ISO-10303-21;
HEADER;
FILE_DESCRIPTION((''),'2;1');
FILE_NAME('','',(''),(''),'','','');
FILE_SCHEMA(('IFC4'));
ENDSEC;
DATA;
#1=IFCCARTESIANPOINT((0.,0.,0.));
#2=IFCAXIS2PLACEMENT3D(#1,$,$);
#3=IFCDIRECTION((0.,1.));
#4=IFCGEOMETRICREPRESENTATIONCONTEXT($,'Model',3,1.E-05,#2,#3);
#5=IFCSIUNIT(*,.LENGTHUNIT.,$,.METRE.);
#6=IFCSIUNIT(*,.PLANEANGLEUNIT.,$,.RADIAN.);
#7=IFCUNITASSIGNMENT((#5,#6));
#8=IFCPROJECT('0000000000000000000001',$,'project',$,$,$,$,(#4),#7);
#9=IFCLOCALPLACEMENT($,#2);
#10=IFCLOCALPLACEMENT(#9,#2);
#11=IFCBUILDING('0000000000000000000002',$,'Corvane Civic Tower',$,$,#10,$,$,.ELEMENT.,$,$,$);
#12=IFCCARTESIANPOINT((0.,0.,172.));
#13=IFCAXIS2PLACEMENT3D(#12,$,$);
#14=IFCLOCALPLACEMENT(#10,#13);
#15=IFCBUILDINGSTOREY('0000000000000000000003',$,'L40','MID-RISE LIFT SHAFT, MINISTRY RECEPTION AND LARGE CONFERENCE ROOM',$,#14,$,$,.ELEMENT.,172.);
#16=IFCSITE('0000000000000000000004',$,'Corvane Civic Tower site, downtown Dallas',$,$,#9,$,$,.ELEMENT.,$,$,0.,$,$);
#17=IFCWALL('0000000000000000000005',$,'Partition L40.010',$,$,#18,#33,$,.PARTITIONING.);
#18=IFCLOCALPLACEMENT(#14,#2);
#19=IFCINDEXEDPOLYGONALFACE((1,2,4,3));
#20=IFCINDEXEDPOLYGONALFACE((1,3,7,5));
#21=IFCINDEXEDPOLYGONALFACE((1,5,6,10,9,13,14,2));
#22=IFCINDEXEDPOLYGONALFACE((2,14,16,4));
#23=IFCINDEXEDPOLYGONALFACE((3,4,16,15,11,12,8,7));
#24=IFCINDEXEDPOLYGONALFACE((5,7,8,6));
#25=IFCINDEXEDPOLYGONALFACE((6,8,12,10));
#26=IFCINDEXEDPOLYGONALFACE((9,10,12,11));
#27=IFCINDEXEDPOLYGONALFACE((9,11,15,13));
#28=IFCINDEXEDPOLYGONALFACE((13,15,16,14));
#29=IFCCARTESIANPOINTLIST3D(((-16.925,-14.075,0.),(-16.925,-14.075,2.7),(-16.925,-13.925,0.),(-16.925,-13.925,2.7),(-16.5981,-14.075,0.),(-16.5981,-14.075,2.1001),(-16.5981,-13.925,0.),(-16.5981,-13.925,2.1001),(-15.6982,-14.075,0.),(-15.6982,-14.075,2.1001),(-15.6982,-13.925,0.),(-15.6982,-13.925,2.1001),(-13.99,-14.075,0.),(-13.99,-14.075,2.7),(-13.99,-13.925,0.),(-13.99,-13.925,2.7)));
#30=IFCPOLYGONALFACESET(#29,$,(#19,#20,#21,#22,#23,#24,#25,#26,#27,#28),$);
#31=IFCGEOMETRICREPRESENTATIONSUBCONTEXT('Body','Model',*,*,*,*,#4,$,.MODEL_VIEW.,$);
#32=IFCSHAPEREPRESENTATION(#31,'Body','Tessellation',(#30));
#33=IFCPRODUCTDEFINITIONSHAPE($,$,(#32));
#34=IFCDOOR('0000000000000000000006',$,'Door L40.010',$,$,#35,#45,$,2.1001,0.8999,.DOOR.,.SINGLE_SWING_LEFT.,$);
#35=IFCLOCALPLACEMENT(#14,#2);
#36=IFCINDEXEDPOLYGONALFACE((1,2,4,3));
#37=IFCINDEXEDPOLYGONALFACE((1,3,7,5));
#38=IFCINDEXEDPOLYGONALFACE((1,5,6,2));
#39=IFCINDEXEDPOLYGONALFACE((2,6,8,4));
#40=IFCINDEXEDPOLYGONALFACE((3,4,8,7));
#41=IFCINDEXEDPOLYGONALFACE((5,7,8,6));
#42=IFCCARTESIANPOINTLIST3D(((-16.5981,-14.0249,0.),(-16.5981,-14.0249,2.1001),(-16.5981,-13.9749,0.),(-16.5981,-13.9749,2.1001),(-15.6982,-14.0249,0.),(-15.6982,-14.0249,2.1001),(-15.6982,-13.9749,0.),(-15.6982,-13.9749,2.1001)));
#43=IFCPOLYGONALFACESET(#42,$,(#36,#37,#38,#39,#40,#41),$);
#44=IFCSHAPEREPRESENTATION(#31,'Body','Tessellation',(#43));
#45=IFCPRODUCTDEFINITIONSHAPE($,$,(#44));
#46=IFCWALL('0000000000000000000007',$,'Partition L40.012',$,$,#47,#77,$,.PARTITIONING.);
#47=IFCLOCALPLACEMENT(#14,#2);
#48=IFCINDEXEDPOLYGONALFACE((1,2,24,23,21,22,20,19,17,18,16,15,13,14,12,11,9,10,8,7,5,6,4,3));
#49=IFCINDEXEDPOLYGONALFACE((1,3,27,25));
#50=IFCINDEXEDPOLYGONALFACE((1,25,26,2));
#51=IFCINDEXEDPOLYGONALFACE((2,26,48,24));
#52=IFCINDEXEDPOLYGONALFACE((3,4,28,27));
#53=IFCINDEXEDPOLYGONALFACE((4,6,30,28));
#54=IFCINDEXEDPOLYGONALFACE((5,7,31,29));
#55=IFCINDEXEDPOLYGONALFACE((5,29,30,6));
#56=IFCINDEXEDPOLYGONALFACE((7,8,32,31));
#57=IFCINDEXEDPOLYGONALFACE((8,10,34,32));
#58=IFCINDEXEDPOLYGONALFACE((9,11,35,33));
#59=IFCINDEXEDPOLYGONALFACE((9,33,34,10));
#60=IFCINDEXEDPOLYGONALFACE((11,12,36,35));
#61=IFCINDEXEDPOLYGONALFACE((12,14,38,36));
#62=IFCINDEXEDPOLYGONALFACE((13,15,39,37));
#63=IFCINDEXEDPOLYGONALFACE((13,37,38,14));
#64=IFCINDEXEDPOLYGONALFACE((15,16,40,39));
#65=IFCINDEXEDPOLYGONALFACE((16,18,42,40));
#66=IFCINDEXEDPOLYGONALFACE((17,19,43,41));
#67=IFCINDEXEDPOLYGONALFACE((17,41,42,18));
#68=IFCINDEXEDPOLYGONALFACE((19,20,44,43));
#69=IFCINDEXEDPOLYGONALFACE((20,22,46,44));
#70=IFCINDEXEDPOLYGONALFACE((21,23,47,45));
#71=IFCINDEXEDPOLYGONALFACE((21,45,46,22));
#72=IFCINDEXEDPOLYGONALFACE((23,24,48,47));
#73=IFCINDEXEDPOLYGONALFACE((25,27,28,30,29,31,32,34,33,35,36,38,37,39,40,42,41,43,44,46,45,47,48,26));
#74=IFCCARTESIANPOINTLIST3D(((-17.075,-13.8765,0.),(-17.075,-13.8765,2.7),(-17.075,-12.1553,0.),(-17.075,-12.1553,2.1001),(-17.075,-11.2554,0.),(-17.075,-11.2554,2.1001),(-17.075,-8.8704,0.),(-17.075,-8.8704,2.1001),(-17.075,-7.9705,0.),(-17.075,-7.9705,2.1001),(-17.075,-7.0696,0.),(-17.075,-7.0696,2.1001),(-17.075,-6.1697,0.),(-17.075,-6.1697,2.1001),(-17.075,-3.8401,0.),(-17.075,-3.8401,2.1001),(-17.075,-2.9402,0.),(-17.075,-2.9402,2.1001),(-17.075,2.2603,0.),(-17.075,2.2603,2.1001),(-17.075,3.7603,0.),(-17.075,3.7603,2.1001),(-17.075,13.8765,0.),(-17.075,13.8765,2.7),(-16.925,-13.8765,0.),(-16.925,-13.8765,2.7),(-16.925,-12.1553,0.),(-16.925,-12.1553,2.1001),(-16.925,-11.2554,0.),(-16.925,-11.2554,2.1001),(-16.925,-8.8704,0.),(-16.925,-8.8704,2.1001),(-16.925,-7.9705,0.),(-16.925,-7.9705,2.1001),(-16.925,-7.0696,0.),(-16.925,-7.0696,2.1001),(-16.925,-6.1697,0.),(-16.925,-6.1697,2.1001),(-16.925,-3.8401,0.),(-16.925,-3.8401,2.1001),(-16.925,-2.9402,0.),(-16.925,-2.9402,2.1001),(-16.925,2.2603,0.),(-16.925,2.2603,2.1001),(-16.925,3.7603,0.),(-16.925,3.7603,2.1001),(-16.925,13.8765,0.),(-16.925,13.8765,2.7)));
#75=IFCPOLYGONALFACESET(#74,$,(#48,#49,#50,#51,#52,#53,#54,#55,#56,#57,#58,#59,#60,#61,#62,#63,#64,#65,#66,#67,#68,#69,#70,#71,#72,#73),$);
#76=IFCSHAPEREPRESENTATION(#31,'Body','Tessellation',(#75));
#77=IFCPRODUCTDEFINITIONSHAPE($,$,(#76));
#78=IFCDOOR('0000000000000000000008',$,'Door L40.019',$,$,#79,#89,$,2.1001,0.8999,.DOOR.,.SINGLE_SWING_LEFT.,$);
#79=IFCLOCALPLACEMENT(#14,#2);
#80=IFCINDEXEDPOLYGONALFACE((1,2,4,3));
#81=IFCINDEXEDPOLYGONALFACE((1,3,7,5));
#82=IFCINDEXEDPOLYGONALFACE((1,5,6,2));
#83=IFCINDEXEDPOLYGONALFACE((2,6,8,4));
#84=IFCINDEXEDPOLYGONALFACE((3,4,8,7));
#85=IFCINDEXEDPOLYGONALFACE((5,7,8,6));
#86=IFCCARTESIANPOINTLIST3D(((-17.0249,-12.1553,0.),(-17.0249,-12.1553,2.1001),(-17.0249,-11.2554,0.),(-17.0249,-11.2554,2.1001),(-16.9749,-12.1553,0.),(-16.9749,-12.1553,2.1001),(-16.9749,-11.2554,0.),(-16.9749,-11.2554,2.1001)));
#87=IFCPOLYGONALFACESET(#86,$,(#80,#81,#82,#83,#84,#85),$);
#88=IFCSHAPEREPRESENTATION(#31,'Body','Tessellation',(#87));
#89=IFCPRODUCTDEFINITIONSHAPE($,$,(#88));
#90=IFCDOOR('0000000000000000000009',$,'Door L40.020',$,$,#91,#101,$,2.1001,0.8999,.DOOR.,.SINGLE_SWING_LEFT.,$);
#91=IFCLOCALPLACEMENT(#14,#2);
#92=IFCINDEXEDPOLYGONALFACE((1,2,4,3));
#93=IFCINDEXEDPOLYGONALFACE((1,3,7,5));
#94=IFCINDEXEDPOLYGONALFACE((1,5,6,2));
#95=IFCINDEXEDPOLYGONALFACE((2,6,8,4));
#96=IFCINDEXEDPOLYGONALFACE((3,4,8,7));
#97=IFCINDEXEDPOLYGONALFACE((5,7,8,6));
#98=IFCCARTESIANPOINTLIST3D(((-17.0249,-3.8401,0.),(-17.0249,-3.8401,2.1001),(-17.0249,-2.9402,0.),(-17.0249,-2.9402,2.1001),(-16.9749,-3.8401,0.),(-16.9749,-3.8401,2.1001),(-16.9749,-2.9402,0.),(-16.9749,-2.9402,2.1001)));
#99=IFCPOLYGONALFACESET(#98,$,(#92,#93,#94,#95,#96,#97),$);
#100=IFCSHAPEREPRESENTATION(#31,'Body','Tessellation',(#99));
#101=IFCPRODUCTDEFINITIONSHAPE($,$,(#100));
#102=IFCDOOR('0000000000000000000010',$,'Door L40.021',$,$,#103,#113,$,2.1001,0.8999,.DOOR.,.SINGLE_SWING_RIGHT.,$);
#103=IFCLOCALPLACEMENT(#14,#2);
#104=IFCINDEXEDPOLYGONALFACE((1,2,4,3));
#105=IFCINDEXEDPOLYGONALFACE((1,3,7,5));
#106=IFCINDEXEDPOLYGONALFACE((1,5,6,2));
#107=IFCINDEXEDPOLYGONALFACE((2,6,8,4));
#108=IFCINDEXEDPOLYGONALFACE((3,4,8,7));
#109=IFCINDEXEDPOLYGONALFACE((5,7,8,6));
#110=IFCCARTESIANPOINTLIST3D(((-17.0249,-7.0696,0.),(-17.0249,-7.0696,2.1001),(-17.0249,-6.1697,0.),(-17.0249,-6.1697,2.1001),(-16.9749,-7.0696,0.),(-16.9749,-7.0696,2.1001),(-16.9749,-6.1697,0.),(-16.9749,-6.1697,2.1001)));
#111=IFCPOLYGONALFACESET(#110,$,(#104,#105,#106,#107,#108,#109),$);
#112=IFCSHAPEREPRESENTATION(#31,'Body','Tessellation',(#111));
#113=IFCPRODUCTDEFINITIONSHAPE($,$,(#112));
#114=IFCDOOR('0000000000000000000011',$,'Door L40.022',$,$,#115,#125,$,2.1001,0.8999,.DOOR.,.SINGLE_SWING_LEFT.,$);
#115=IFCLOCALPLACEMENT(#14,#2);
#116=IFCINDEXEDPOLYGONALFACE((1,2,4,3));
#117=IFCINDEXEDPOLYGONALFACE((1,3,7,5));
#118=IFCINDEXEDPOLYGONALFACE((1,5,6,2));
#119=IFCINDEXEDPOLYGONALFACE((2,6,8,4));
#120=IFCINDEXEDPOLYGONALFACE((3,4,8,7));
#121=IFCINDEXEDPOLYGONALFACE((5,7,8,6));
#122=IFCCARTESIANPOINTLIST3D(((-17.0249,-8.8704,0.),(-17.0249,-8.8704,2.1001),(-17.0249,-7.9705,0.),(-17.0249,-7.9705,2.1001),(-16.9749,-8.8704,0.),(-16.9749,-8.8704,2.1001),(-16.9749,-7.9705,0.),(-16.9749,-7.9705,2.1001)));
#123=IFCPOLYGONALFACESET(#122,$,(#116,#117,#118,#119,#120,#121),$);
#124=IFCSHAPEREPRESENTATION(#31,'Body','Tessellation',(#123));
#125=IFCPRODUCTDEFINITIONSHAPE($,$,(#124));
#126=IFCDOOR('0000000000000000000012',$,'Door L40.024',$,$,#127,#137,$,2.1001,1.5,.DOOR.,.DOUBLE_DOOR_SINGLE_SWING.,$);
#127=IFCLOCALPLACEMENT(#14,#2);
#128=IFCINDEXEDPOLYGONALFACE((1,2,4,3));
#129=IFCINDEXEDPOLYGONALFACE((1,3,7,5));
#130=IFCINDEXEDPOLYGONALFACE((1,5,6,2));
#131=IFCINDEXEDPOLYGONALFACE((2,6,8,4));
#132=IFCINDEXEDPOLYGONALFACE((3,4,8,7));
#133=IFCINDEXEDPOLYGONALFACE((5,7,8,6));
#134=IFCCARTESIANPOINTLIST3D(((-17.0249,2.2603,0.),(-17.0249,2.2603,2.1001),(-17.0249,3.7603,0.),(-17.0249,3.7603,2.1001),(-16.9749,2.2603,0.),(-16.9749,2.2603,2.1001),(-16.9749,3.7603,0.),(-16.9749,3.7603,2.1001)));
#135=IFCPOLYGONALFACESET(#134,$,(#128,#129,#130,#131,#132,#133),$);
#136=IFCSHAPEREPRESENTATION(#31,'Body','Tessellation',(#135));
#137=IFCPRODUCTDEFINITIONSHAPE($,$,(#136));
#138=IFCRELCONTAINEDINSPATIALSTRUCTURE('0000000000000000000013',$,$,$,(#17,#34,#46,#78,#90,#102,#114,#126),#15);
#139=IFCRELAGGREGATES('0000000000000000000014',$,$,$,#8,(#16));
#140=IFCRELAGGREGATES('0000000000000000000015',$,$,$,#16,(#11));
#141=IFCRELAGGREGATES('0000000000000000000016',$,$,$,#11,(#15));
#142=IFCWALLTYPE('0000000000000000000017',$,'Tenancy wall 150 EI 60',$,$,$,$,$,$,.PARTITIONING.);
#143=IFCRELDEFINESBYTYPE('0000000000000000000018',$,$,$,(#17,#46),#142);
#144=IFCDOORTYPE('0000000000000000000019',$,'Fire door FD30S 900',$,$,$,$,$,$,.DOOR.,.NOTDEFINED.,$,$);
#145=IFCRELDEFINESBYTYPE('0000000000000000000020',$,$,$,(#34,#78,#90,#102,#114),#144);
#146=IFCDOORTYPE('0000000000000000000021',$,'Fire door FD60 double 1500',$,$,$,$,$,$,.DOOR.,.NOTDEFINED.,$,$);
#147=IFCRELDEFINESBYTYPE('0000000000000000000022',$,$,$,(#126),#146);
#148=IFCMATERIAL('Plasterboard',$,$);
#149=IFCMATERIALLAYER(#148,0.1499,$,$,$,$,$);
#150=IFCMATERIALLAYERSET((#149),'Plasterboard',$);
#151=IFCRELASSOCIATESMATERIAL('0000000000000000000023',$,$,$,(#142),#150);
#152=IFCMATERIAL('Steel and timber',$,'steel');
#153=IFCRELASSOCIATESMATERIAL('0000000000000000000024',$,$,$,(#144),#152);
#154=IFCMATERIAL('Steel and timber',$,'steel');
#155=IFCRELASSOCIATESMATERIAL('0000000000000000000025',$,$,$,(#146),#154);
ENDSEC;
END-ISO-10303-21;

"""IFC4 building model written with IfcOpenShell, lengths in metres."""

from ifc_helpers import new_model, si_unit, direction, frame, frame_2d, origin, place, context, subcontext, project, spatial, rectangle, extrude, material, layer, layer_set, type_object, element, fill, save


model = new_model("IFC4")

# Units and contexts
model_context = context("Model", 3, precision=1e-05, world=origin(), true_north=direction((0.0, 1.0)))
body_context = subcontext(model_context, "Body", "Model", "MODEL_VIEW")
ifc_project = project(units=[si_unit("LENGTHUNIT", "METRE"), si_unit("PLANEANGLEUNIT", "RADIAN")], contexts=[model_context])

# Site, building, storey
site_placement = place(None, origin())
site = spatial("IfcSite", under=ifc_project, at=site_placement, Name="Corvane Civic Tower site, downtown Dallas", CompositionType="ELEMENT", RefElevation=0.0)
building_placement = place(site_placement, origin())
building = spatial("IfcBuilding", under=site, at=building_placement, Name="Corvane Civic Tower", CompositionType="ELEMENT")
storey_placement = place(building_placement, frame((0.0, 0.0, 172.0)))
storey = spatial("IfcBuildingStorey", under=building, at=storey_placement, Name="L40", Description="MID-RISE LIFT SHAFT, MINISTRY RECEPTION AND LARGE CONFERENCE ROOM", CompositionType="ELEMENT", Elevation=172.0)

# Wall, opening, door
ifc_material_1 = material(Name="Plasterboard")
ifc_layer_1 = layer(ifc_material_1, 0.1499)
ifc_layer_set_1 = layer_set([ifc_layer_1], Name="Plasterboard")
wall_type_1 = type_object("IfcWallType", Name="Tenancy wall 150 EI 60", PredefinedType="PARTITIONING", material=ifc_layer_set_1)
wall_1_placement = place(storey_placement, frame((-16.925, -14.0, 0.0), z_axis=(0.0, 0.0, 1.0), x_axis=(1.0, 0.0, 0.0)))
wall_1 = element("IfcWall", 1, at=wall_1_placement, inside=storey, type_object=wall_type_1, Name="Partition L40.010", PredefinedType="PARTITIONING", context=body_context, shape_type="SweptSolid", body=[
    extrude(rectangle(XDim=2.9351, YDim=0.1499, at=frame_2d((1.4675, 0.0))), origin(), (0.0, 0.0, 1.0), 2.7),
])
opening_1_placement = place(wall_1_placement, frame((0.3269, 0.0, 0.0)))
opening_1 = element("IfcOpeningElement", 2, at=opening_1_placement, cuts=wall_1, PredefinedType="OPENING", context=body_context, shape_type="SweptSolid", body=[
    extrude(rectangle(XDim=0.8999, YDim=2.1001, at=frame_2d((0.45, 1.05))), frame((0.0, 0.085, 0.0), z_axis=(0.0, -1.0, 0.0), x_axis=(1.0, 0.0, 0.0)), (0.0, 0.0, 1.0), 0.1699),
])
ifc_material_2 = material(Name="Steel and timber", Category="steel")
door_type_1 = type_object("IfcDoorType", Name="Fire door FD30S 900", OperationType="NOTDEFINED", PredefinedType="DOOR", material=ifc_material_2)
door_1_placement = place(opening_1_placement, frame((0.8999, 0.0, 0.0), z_axis=(0.0, 0.0, 1.0), x_axis=(-1.0, 0.0, 0.0)))
door_1 = element("IfcDoor", 3, at=door_1_placement, inside=storey, type_object=door_type_1, Name="Door L40.010", OperationType="SINGLE_SWING_LEFT", OverallHeight=2.1001, OverallWidth=0.8999, PredefinedType="DOOR", context=body_context, shape_type="SweptSolid", body=[
    extrude(rectangle(XDim=0.8999, YDim=2.1001, at=frame_2d((0.45, 1.05))), frame((0.0, 0.0249, 0.0), z_axis=(0.0, -1.0, 0.0), x_axis=(1.0, 0.0, 0.0)), (0.0, 0.0, 1.0), 0.05),
])
fill(opening_1, door_1)

# Wall, openings, doors
wall_2_placement = place(storey_placement, frame((-17.0, -13.8765, 0.0), z_axis=(0.0, 0.0, 1.0), x_axis=(0.0, 1.0, 0.0)))
wall_2 = element("IfcWall", 4, at=wall_2_placement, inside=storey, type_object=wall_type_1, Name="Partition L40.012", PredefinedType="PARTITIONING", context=body_context, shape_type="SweptSolid", body=[
    extrude(rectangle(XDim=27.7529, YDim=0.1499, at=frame_2d((13.8765, 0.0))), origin(), (0.0, 0.0, 1.0), 2.7),
])
opening_2_placement = place(wall_2_placement, frame((1.7212, 0.0, 0.0)))
opening_2 = element("IfcOpeningElement", 5, at=opening_2_placement, cuts=wall_2, PredefinedType="OPENING", context=body_context, shape_type="SweptSolid", body=[
    extrude(rectangle(XDim=0.8999, YDim=2.1001, at=frame_2d((0.45, 1.05))), frame((0.0, 0.085, 0.0), z_axis=(0.0, -1.0, 0.0), x_axis=(1.0, 0.0, 0.0)), (0.0, 0.0, 1.0), 0.1699),
])
opening_3_placement = place(wall_2_placement, frame((10.0364, 0.0, 0.0)))
opening_3 = element("IfcOpeningElement", 6, at=opening_3_placement, cuts=wall_2, PredefinedType="OPENING", context=body_context, shape_type="SweptSolid", body=[
    extrude(rectangle(XDim=0.8999, YDim=2.1001, at=frame_2d((0.45, 1.05))), frame((0.0, 0.085, 0.0), z_axis=(0.0, -1.0, 0.0), x_axis=(1.0, 0.0, 0.0)), (0.0, 0.0, 1.0), 0.1699),
])
opening_4_placement = place(wall_2_placement, frame((6.8069, 0.0, 0.0)))
opening_4 = element("IfcOpeningElement", 7, at=opening_4_placement, cuts=wall_2, PredefinedType="OPENING", context=body_context, shape_type="SweptSolid", body=[
    extrude(rectangle(XDim=0.8999, YDim=2.1001, at=frame_2d((0.45, 1.05))), frame((0.0, 0.085, 0.0), z_axis=(0.0, -1.0, 0.0), x_axis=(1.0, 0.0, 0.0)), (0.0, 0.0, 1.0), 0.1699),
])
opening_5_placement = place(wall_2_placement, frame((5.0061, 0.0, 0.0)))
opening_5 = element("IfcOpeningElement", 8, at=opening_5_placement, cuts=wall_2, PredefinedType="OPENING", context=body_context, shape_type="SweptSolid", body=[
    extrude(rectangle(XDim=0.8999, YDim=2.1001, at=frame_2d((0.45, 1.05))), frame((0.0, 0.085, 0.0), z_axis=(0.0, -1.0, 0.0), x_axis=(1.0, 0.0, 0.0)), (0.0, 0.0, 1.0), 0.1699),
])
opening_6_placement = place(wall_2_placement, frame((16.1367, 0.0, 0.0)))
opening_6 = element("IfcOpeningElement", 9, at=opening_6_placement, cuts=wall_2, PredefinedType="OPENING", context=body_context, shape_type="SweptSolid", body=[
    extrude(rectangle(XDim=1.5, YDim=2.1001, at=frame_2d((0.75, 1.05))), frame((0.0, 0.085, 0.0), z_axis=(0.0, -1.0, 0.0), x_axis=(1.0, 0.0, 0.0)), (0.0, 0.0, 1.0), 0.1699),
])
door_2_placement = place(opening_2_placement, origin())
door_2 = element("IfcDoor", 10, at=door_2_placement, inside=storey, type_object=door_type_1, Name="Door L40.019", OperationType="SINGLE_SWING_LEFT", OverallHeight=2.1001, OverallWidth=0.8999, PredefinedType="DOOR", context=body_context, shape_type="SweptSolid", body=[
    extrude(rectangle(XDim=0.8999, YDim=2.1001, at=frame_2d((0.45, 1.05))), frame((0.0, 0.0249, 0.0), z_axis=(0.0, -1.0, 0.0), x_axis=(1.0, 0.0, 0.0)), (0.0, 0.0, 1.0), 0.05),
])
fill(opening_2, door_2)
door_3_placement = place(opening_3_placement, origin())
door_3 = element("IfcDoor", 11, at=door_3_placement, inside=storey, type_object=door_type_1, Name="Door L40.020", OperationType="SINGLE_SWING_LEFT", OverallHeight=2.1001, OverallWidth=0.8999, PredefinedType="DOOR", context=body_context, shape_type="SweptSolid", body=[
    extrude(rectangle(XDim=0.8999, YDim=2.1001, at=frame_2d((0.45, 1.05))), frame((0.0, 0.0249, 0.0), z_axis=(0.0, -1.0, 0.0), x_axis=(1.0, 0.0, 0.0)), (0.0, 0.0, 1.0), 0.05),
])
fill(opening_3, door_3)
door_4_placement = place(opening_4_placement, origin())
door_4 = element("IfcDoor", 12, at=door_4_placement, inside=storey, type_object=door_type_1, Name="Door L40.021", OperationType="SINGLE_SWING_RIGHT", OverallHeight=2.1001, OverallWidth=0.8999, PredefinedType="DOOR", context=body_context, shape_type="SweptSolid", body=[
    extrude(rectangle(XDim=0.8999, YDim=2.1001, at=frame_2d((0.45, 1.05))), frame((0.0, 0.0249, 0.0), z_axis=(0.0, -1.0, 0.0), x_axis=(1.0, 0.0, 0.0)), (0.0, 0.0, 1.0), 0.05),
])
fill(opening_4, door_4)
door_5_placement = place(opening_5_placement, origin())
door_5 = element("IfcDoor", 13, at=door_5_placement, inside=storey, type_object=door_type_1, Name="Door L40.022", OperationType="SINGLE_SWING_LEFT", OverallHeight=2.1001, OverallWidth=0.8999, PredefinedType="DOOR", context=body_context, shape_type="SweptSolid", body=[
    extrude(rectangle(XDim=0.8999, YDim=2.1001, at=frame_2d((0.45, 1.05))), frame((0.0, 0.0249, 0.0), z_axis=(0.0, -1.0, 0.0), x_axis=(1.0, 0.0, 0.0)), (0.0, 0.0, 1.0), 0.05),
])
fill(opening_5, door_5)
ifc_material_3 = material(Name="Steel and timber", Category="steel")
door_type_2 = type_object("IfcDoorType", Name="Fire door FD60 double 1500", OperationType="NOTDEFINED", PredefinedType="DOOR", material=ifc_material_3)
door_6_placement = place(opening_6_placement, origin())
door_6 = element("IfcDoor", 14, at=door_6_placement, inside=storey, type_object=door_type_2, Name="Door L40.024", OperationType="DOUBLE_DOOR_SINGLE_SWING", OverallHeight=2.1001, OverallWidth=1.5, PredefinedType="DOOR", context=body_context, shape_type="SweptSolid", body=[
    extrude(rectangle(XDim=1.5, YDim=2.1001, at=frame_2d((0.75, 1.05))), frame((0.0, 0.0249, 0.0), z_axis=(0.0, -1.0, 0.0), x_axis=(1.0, 0.0, 0.0)), (0.0, 0.0, 1.0), 0.05),
])
fill(opening_6, door_6)

save(model, "model.ifc")
